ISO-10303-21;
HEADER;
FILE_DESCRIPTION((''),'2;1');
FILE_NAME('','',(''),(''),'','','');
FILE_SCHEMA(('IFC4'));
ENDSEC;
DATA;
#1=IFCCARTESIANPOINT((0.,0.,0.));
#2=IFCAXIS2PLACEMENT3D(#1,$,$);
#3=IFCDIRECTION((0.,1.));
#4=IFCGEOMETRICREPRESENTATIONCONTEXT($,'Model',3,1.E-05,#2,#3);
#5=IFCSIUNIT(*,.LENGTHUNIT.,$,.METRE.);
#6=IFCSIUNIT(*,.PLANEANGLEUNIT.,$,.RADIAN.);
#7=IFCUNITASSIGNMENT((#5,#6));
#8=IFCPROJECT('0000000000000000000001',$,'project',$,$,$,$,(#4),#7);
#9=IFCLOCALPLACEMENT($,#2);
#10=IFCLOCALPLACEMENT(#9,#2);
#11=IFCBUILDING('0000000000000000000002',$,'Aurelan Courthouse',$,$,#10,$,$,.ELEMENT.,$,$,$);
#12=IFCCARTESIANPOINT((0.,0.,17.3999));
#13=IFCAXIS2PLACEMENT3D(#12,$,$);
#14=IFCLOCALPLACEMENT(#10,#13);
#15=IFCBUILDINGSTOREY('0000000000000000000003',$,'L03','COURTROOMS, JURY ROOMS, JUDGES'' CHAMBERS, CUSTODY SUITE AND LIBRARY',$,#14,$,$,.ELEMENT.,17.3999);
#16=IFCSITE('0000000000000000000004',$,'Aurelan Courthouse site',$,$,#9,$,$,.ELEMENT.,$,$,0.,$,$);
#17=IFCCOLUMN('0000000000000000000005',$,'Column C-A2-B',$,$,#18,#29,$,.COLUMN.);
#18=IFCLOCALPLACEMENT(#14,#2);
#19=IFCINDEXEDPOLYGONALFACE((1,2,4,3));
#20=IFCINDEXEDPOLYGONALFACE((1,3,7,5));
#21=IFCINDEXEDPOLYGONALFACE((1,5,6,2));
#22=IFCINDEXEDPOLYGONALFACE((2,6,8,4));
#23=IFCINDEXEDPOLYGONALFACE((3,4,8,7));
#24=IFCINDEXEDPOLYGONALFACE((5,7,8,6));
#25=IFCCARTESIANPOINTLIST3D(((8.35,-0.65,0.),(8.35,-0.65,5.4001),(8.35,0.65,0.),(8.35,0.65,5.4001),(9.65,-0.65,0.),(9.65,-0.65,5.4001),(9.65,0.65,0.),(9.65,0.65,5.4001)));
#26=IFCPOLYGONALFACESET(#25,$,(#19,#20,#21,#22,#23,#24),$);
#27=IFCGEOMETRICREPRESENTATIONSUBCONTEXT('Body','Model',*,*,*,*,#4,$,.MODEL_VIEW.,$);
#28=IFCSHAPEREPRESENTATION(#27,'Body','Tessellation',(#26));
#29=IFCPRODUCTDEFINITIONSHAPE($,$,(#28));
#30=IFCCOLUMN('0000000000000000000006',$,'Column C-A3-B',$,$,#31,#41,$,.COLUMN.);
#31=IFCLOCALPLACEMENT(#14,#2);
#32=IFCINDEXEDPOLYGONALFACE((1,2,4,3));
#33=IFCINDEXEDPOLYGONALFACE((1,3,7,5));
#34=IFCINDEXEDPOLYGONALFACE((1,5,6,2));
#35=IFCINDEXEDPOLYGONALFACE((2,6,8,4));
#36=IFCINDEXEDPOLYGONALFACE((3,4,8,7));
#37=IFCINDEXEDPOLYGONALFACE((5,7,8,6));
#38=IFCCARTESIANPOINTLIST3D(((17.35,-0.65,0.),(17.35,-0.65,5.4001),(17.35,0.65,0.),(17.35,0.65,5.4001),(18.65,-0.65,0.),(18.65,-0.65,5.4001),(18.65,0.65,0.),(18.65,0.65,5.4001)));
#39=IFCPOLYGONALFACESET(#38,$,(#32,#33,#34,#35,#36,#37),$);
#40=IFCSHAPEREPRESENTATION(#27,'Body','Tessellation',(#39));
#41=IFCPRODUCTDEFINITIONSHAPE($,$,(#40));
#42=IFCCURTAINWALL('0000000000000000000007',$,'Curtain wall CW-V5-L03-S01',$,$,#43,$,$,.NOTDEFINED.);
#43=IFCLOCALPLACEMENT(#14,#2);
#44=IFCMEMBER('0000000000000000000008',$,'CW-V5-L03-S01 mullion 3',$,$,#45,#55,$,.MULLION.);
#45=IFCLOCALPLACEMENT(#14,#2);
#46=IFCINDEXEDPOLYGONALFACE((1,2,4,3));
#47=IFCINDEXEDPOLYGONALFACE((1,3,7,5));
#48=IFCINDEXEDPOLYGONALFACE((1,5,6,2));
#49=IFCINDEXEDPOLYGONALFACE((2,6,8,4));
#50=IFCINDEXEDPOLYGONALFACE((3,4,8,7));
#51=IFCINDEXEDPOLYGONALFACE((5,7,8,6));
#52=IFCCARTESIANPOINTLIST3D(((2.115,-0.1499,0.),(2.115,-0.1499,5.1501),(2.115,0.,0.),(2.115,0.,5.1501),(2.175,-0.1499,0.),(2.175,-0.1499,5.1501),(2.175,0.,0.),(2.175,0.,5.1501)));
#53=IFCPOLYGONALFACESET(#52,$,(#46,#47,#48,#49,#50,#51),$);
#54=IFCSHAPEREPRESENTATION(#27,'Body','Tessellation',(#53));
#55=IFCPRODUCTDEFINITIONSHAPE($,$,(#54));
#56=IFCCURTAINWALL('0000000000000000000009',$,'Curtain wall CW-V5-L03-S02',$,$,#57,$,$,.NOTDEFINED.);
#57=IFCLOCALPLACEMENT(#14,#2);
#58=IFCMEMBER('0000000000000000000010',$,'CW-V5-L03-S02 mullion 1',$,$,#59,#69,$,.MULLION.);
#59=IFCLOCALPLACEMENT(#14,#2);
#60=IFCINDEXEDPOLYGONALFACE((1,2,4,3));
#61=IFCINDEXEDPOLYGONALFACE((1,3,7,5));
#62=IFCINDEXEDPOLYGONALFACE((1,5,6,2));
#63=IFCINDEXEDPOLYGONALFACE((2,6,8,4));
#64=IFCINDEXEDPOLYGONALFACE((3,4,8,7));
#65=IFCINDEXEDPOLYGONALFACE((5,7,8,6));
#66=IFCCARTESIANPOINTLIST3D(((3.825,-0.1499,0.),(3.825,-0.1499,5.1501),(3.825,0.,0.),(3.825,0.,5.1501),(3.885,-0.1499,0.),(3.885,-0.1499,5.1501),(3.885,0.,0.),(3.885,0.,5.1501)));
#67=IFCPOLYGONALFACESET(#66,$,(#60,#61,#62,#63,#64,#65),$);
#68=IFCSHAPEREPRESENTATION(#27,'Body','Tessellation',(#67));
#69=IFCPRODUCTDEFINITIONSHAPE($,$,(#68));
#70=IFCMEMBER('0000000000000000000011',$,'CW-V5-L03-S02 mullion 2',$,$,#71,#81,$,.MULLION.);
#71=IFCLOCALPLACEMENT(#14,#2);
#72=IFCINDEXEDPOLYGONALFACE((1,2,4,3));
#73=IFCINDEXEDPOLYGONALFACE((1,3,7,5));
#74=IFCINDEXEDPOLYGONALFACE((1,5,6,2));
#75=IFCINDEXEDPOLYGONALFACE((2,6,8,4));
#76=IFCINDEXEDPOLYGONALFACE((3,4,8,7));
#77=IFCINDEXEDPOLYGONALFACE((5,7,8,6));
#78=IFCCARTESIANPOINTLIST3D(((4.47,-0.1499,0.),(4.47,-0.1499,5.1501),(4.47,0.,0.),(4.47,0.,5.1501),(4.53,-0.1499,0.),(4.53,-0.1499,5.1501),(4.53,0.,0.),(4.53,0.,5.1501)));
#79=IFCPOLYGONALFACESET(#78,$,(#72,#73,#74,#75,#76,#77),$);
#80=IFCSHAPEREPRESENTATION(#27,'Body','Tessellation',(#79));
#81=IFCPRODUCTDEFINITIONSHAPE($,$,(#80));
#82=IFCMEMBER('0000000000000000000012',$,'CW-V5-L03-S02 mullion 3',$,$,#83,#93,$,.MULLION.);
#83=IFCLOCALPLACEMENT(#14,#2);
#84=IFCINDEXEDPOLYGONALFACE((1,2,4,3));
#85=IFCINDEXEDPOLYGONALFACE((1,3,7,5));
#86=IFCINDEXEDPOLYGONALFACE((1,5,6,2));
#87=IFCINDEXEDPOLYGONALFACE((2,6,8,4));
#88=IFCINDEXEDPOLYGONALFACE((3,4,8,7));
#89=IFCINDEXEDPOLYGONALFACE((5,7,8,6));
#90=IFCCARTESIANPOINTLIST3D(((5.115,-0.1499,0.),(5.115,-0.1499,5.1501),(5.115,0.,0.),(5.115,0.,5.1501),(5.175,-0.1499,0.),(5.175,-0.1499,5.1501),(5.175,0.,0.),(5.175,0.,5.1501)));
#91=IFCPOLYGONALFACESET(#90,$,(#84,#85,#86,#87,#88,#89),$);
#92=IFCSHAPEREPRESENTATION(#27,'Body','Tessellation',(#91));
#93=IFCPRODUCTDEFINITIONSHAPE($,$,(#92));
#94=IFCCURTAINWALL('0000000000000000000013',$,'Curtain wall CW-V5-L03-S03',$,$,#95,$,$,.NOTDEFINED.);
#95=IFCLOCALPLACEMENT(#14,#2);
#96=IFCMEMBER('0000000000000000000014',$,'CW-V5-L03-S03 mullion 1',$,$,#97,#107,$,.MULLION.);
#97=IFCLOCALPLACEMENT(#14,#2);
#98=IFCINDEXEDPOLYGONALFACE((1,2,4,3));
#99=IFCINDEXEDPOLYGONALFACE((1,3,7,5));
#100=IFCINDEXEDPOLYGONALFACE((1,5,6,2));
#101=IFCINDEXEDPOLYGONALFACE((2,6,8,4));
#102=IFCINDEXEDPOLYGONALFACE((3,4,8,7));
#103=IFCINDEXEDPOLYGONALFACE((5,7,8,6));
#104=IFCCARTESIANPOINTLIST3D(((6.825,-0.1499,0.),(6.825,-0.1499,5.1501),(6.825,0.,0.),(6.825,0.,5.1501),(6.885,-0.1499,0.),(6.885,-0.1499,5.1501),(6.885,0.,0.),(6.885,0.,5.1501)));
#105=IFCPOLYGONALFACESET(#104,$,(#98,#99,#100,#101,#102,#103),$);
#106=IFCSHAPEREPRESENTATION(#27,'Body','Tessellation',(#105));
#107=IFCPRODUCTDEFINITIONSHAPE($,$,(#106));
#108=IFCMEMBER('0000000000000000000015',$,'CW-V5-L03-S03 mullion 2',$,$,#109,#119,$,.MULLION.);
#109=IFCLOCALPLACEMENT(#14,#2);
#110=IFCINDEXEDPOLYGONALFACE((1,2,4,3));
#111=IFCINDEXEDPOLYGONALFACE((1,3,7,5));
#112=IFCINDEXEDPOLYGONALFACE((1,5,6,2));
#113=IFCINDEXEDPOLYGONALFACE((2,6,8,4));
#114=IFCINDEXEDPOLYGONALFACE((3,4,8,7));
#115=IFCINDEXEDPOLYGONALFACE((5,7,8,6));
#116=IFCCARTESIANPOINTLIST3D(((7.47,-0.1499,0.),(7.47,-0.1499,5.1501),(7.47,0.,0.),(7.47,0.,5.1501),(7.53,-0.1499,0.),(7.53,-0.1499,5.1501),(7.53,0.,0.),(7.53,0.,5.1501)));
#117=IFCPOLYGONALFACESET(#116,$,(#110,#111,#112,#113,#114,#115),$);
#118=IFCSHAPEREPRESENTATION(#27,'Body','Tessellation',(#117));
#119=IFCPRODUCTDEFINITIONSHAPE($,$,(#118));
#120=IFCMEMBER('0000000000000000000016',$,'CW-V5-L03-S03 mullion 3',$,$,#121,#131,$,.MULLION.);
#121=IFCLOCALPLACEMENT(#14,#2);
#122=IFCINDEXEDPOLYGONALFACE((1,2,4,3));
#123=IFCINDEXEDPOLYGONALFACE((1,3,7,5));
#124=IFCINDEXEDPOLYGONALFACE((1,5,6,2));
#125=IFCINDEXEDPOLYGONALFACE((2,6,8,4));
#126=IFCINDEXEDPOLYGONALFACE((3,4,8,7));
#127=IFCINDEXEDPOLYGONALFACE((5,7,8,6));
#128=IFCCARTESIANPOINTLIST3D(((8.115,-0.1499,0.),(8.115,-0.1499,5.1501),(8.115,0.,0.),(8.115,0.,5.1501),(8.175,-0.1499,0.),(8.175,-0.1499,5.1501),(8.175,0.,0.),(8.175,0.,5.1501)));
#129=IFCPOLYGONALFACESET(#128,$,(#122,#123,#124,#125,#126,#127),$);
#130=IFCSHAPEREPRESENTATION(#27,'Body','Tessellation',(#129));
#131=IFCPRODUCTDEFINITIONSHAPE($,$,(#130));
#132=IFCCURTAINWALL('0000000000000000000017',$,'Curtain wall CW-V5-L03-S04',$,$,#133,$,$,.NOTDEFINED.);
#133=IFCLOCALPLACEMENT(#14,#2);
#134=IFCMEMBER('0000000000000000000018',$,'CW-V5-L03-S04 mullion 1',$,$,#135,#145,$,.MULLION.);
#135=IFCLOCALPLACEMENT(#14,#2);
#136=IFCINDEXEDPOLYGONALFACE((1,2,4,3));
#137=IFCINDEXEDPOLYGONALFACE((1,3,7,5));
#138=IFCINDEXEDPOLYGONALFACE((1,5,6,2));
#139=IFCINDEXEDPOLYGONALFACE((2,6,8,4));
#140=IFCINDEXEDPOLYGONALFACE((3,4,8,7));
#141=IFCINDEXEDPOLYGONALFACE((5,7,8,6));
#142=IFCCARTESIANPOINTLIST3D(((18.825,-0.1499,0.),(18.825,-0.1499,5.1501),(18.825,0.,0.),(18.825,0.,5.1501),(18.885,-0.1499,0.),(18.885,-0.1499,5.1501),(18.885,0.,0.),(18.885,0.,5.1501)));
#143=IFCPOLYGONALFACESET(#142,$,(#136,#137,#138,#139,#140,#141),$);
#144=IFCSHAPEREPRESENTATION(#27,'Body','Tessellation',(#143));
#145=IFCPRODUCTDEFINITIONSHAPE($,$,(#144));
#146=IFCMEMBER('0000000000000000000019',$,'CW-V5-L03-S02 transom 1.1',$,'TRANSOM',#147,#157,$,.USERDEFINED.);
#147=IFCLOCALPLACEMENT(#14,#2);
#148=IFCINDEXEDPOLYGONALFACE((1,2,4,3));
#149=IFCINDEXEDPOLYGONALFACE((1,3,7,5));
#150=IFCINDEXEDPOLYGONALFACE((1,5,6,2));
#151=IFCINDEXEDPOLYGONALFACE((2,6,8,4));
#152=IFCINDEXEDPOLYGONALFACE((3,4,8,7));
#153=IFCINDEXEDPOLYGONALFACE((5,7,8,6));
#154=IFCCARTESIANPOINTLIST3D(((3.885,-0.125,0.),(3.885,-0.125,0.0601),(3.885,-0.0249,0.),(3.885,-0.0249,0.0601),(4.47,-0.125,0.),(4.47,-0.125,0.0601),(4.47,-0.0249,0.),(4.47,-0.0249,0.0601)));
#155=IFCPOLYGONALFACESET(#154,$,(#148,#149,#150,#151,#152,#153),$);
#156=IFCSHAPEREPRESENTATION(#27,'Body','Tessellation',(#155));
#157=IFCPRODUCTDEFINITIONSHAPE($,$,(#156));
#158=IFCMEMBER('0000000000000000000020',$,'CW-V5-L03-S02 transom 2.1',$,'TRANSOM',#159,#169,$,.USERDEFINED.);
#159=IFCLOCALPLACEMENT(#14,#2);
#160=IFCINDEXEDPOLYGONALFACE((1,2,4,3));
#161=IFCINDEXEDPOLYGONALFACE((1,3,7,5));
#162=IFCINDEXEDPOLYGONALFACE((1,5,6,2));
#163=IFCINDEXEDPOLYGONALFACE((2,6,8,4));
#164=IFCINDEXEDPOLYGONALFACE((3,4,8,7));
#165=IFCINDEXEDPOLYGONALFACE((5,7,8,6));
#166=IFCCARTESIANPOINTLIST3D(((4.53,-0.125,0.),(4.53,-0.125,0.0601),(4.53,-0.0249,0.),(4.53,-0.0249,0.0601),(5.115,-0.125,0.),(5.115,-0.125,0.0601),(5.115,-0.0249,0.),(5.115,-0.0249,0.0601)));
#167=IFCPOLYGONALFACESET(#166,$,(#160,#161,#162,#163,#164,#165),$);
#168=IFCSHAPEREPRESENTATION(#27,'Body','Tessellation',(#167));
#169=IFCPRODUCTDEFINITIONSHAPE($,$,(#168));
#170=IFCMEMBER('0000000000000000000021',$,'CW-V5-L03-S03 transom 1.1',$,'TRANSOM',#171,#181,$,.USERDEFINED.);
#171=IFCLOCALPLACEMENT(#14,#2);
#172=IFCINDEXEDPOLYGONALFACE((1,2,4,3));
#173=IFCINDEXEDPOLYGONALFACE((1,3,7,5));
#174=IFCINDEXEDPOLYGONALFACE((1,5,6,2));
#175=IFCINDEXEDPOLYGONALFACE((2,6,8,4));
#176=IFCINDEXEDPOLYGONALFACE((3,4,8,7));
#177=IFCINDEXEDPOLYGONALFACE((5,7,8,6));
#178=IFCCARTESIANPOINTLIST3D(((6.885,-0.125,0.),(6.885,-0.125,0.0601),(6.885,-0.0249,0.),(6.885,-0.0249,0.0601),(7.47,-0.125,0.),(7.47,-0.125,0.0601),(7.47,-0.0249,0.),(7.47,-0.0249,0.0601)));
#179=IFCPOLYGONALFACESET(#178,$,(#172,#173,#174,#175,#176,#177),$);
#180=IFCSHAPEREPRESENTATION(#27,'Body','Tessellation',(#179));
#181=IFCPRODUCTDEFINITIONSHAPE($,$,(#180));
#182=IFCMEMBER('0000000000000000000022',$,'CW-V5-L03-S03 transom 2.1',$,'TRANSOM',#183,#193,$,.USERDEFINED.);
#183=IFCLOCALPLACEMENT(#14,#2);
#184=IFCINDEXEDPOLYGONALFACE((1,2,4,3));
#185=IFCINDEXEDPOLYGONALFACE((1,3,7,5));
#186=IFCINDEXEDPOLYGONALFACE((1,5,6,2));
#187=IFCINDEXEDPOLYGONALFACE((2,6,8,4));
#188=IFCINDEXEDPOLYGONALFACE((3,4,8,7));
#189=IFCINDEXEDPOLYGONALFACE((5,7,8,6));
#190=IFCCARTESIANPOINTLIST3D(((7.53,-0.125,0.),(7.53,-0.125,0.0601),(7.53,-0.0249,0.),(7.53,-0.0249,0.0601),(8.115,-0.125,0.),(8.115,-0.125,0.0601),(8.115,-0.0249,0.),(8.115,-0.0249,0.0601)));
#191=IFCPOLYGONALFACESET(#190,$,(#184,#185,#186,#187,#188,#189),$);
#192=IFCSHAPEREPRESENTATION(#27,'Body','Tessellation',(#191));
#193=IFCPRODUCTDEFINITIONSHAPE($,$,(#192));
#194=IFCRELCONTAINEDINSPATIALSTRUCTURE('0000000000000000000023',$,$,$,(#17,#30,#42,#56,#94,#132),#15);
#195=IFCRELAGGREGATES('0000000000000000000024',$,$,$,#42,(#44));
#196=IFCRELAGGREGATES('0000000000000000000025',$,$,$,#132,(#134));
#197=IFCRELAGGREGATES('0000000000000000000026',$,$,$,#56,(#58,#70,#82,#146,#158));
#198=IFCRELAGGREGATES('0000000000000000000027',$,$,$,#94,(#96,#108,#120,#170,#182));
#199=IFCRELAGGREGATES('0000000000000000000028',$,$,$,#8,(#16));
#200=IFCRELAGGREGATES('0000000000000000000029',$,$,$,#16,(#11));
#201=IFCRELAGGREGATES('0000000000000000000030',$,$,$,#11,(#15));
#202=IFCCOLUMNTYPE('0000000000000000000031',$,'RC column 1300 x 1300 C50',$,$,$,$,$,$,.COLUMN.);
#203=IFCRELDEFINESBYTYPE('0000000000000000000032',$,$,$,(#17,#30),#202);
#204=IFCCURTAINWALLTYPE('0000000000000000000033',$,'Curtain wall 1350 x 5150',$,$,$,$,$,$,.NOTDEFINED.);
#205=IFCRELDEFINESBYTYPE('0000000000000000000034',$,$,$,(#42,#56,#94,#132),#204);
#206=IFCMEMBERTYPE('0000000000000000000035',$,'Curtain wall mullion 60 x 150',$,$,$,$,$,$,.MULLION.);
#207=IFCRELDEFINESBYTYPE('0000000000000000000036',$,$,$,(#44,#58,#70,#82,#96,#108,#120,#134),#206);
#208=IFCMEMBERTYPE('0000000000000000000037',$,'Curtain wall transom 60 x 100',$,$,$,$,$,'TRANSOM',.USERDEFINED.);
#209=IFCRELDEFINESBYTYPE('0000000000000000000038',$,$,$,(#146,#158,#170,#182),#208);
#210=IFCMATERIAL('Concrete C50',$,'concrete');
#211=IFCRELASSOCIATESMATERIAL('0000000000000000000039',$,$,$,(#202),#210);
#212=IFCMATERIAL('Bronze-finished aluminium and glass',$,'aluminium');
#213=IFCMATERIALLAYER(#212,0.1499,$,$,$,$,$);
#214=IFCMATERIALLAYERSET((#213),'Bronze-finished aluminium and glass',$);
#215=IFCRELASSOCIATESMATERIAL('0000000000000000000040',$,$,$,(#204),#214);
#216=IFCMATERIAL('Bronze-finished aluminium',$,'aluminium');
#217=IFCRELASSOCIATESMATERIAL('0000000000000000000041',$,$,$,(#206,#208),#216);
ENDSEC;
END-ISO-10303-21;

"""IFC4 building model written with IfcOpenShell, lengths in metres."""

from ifc_helpers import new_model, si_unit, direction, frame, origin, origin_2d, place, context, subcontext, project, spatial, rectangle, extrude, material, layer, layer_set, material_profile, profile_set, type_object, element, aggregate, save


model = new_model("IFC4")

# Units and contexts
model_context = context("Model", 3, precision=1e-05, world=origin(), true_north=direction((0.0, 1.0)))
body_context = subcontext(model_context, "Body", "Model", "MODEL_VIEW")
ifc_project = project(units=[si_unit("LENGTHUNIT", "METRE"), si_unit("PLANEANGLEUNIT", "RADIAN")], contexts=[model_context])

# Site, building, storey
site_placement = place(None, origin())
site = spatial("IfcSite", under=ifc_project, at=site_placement, Name="Aurelan Courthouse site", CompositionType="ELEMENT", RefElevation=0.0)
building_placement = place(site_placement, origin())
building = spatial("IfcBuilding", under=site, at=building_placement, Name="Aurelan Courthouse", CompositionType="ELEMENT")
storey_placement = place(building_placement, frame((0.0, 0.0, 17.3999)))
storey = spatial("IfcBuildingStorey", under=building, at=storey_placement, Name="L03", Description="COURTROOMS, JURY ROOMS, JUDGES' CHAMBERS, CUSTODY SUITE AND LIBRARY", CompositionType="ELEMENT", Elevation=17.3999)

# Columns
ifc_material_1 = material(Name="Concrete C50", Category="concrete")
ifc_material_profile_1 = material_profile(ifc_material_1, rectangle(XDim=1.3, YDim=1.3, at=origin_2d()), Name="RC 1300 x 1300")
ifc_profile_set_1 = profile_set([ifc_material_profile_1], Name="Concrete C50")
column_type = type_object("IfcColumnType", Name="RC column 1300 x 1300 C50", PredefinedType="COLUMN", material=ifc_profile_set_1)
for number, where, z_axis, x_axis, name in (
    (1, (9.0, 0.0, 0.0), (0.0, 0.0, 1.0), (1.0, 0.0, 0.0), "Column C-A2-B"),
    (2, (18.0, 0.0, 0.0), (0.0, 0.0, 1.0), (1.0, 0.0, 0.0), "Column C-A3-B"),
):
    element("IfcColumn", number, at=place(storey_placement, frame(where, z_axis=z_axis, x_axis=x_axis)), inside=storey, type_object=column_type, Name=name, PredefinedType="COLUMN", context=body_context, shape_type="SweptSolid", body=[
        extrude(rectangle(XDim=1.3, YDim=1.3, at=origin_2d()), origin(), (0.0, 0.0, 1.0), 5.4001),
    ])

# Curtain wall, member
ifc_material_2 = material(Name="Bronze-finished aluminium and glass", Category="aluminium")
ifc_layer_1 = layer(ifc_material_2, 0.1499)
ifc_layer_set_1 = layer_set([ifc_layer_1], Name="Bronze-finished aluminium and glass")
curtain_wall_type = type_object("IfcCurtainWallType", Name="Curtain wall 1350 x 5150", PredefinedType="NOTDEFINED", material=ifc_layer_set_1)
curtain_wall_1_placement = place(storey_placement, origin())
curtain_wall_1 = element("IfcCurtainWall", 3, at=curtain_wall_1_placement, inside=storey, type_object=curtain_wall_type, Name="Curtain wall CW-V5-L03-S01", PredefinedType="NOTDEFINED")
ifc_material_3 = material(Name="Bronze-finished aluminium", Category="aluminium")
ifc_material_profile_2 = material_profile(ifc_material_3, rectangle(XDim=0.1499, YDim=0.0601, at=origin_2d()), Name="Bronze mullion 60 x 150")
ifc_profile_set_2 = profile_set([ifc_material_profile_2], Name="Bronze-finished aluminium")
member_type_1 = type_object("IfcMemberType", Name="Curtain wall mullion 60 x 150", PredefinedType="MULLION", material=ifc_profile_set_2)
member_1_placement = place(storey_placement, frame((2.145, -0.075, 0.0), z_axis=(0.0, 0.0, 1.0), x_axis=(0.0, 1.0, 0.0)))
member_1 = element("IfcMember", 4, at=member_1_placement, type_object=member_type_1, Name="CW-V5-L03-S01 mullion 3", PredefinedType="MULLION", context=body_context, shape_type="SweptSolid", body=[
    extrude(rectangle(XDim=0.1499, YDim=0.0601, at=origin_2d()), origin(), (0.0, 0.0, 1.0), 5.1501),
])
aggregate(curtain_wall_1, [member_1])

# Curtain walls, members
curtain_wall_2_placement = place(storey_placement, origin())
curtain_wall_2 = element("IfcCurtainWall", 5, at=curtain_wall_2_placement, inside=storey, type_object=curtain_wall_type, Name="Curtain wall CW-V5-L03-S02", PredefinedType="NOTDEFINED")
member_2_placement = place(storey_placement, frame((3.855, -0.075, 0.0), z_axis=(0.0, 0.0, 1.0), x_axis=(0.0, 1.0, 0.0)))
member_2 = element("IfcMember", 6, at=member_2_placement, type_object=member_type_1, Name="CW-V5-L03-S02 mullion 1", PredefinedType="MULLION", context=body_context, shape_type="SweptSolid", body=[
    extrude(rectangle(XDim=0.1499, YDim=0.0601, at=origin_2d()), origin(), (0.0, 0.0, 1.0), 5.1501),
])
member_3_placement = place(storey_placement, frame((4.5, -0.075, 0.0), z_axis=(0.0, 0.0, 1.0), x_axis=(0.0, 1.0, 0.0)))
member_3 = element("IfcMember", 7, at=member_3_placement, type_object=member_type_1, Name="CW-V5-L03-S02 mullion 2", PredefinedType="MULLION", context=body_context, shape_type="SweptSolid", body=[
    extrude(rectangle(XDim=0.1499, YDim=0.0601, at=origin_2d()), origin(), (0.0, 0.0, 1.0), 5.1501),
])
member_4_placement = place(storey_placement, frame((5.145, -0.075, 0.0), z_axis=(0.0, 0.0, 1.0), x_axis=(0.0, 1.0, 0.0)))
member_4 = element("IfcMember", 8, at=member_4_placement, type_object=member_type_1, Name="CW-V5-L03-S02 mullion 3", PredefinedType="MULLION", context=body_context, shape_type="SweptSolid", body=[
    extrude(rectangle(XDim=0.1499, YDim=0.0601, at=origin_2d()), origin(), (0.0, 0.0, 1.0), 5.1501),
])
curtain_wall_3_placement = place(storey_placement, origin())
curtain_wall_3 = element("IfcCurtainWall", 9, at=curtain_wall_3_placement, inside=storey, type_object=curtain_wall_type, Name="Curtain wall CW-V5-L03-S03", PredefinedType="NOTDEFINED")
member_5_placement = place(storey_placement, frame((6.855, -0.075, 0.0), z_axis=(0.0, 0.0, 1.0), x_axis=(0.0, 1.0, 0.0)))
member_5 = element("IfcMember", 10, at=member_5_placement, type_object=member_type_1, Name="CW-V5-L03-S03 mullion 1", PredefinedType="MULLION", context=body_context, shape_type="SweptSolid", body=[
    extrude(rectangle(XDim=0.1499, YDim=0.0601, at=origin_2d()), origin(), (0.0, 0.0, 1.0), 5.1501),
])
member_6_placement = place(storey_placement, frame((7.5, -0.075, 0.0), z_axis=(0.0, 0.0, 1.0), x_axis=(0.0, 1.0, 0.0)))
member_6 = element("IfcMember", 11, at=member_6_placement, type_object=member_type_1, Name="CW-V5-L03-S03 mullion 2", PredefinedType="MULLION", context=body_context, shape_type="SweptSolid", body=[
    extrude(rectangle(XDim=0.1499, YDim=0.0601, at=origin_2d()), origin(), (0.0, 0.0, 1.0), 5.1501),
])
member_7_placement = place(storey_placement, frame((8.145, -0.075, 0.0), z_axis=(0.0, 0.0, 1.0), x_axis=(0.0, 1.0, 0.0)))
member_7 = element("IfcMember", 12, at=member_7_placement, type_object=member_type_1, Name="CW-V5-L03-S03 mullion 3", PredefinedType="MULLION", context=body_context, shape_type="SweptSolid", body=[
    extrude(rectangle(XDim=0.1499, YDim=0.0601, at=origin_2d()), origin(), (0.0, 0.0, 1.0), 5.1501),
])

# Curtain wall, member
curtain_wall_4_placement = place(storey_placement, origin())
curtain_wall_4 = element("IfcCurtainWall", 13, at=curtain_wall_4_placement, inside=storey, type_object=curtain_wall_type, Name="Curtain wall CW-V5-L03-S04", PredefinedType="NOTDEFINED")
member_8_placement = place(storey_placement, frame((18.855, -0.075, 0.0), z_axis=(0.0, 0.0, 1.0), x_axis=(0.0, 1.0, 0.0)))
member_8 = element("IfcMember", 14, at=member_8_placement, type_object=member_type_1, Name="CW-V5-L03-S04 mullion 1", PredefinedType="MULLION", context=body_context, shape_type="SweptSolid", body=[
    extrude(rectangle(XDim=0.1499, YDim=0.0601, at=origin_2d()), origin(), (0.0, 0.0, 1.0), 5.1501),
])
aggregate(curtain_wall_4, [member_8])

# Members
ifc_material_profile_3 = material_profile(ifc_material_3, rectangle(XDim=0.1001, YDim=0.0601, at=origin_2d()), Name="Bronze transom 60 x 100")
ifc_profile_set_3 = profile_set([ifc_material_profile_3], Name="Bronze-finished aluminium")
member_type_2 = type_object("IfcMemberType", Name="Curtain wall transom 60 x 100", ElementType="TRANSOM", PredefinedType="USERDEFINED", material=ifc_profile_set_3)
member_9_placement = place(storey_placement, frame((3.885, -0.075, 0.03), z_axis=(1.0, 0.0, 0.0), x_axis=(0.0, 1.0, 0.0)))
member_9 = element("IfcMember", 15, at=member_9_placement, type_object=member_type_2, Name="CW-V5-L03-S02 transom 1.1", ObjectType="TRANSOM", PredefinedType="USERDEFINED", context=body_context, shape_type="SweptSolid", body=[
    extrude(rectangle(XDim=0.1001, YDim=0.0601, at=origin_2d()), origin(), (0.0, 0.0, 1.0), 0.585),
])
member_10_placement = place(storey_placement, frame((4.53, -0.075, 0.03), z_axis=(1.0, 0.0, 0.0), x_axis=(0.0, 1.0, 0.0)))
member_10 = element("IfcMember", 16, at=member_10_placement, type_object=member_type_2, Name="CW-V5-L03-S02 transom 2.1", ObjectType="TRANSOM", PredefinedType="USERDEFINED", context=body_context, shape_type="SweptSolid", body=[
    extrude(rectangle(XDim=0.1001, YDim=0.0601, at=origin_2d()), origin(), (0.0, 0.0, 1.0), 0.585),
])
member_11_placement = place(storey_placement, frame((6.885, -0.075, 0.03), z_axis=(1.0, 0.0, 0.0), x_axis=(0.0, 1.0, 0.0)))
member_11 = element("IfcMember", 17, at=member_11_placement, type_object=member_type_2, Name="CW-V5-L03-S03 transom 1.1", ObjectType="TRANSOM", PredefinedType="USERDEFINED", context=body_context, shape_type="SweptSolid", body=[
    extrude(rectangle(XDim=0.1001, YDim=0.0601, at=origin_2d()), origin(), (0.0, 0.0, 1.0), 0.585),
])
member_12_placement = place(storey_placement, frame((7.53, -0.075, 0.03), z_axis=(1.0, 0.0, 0.0), x_axis=(0.0, 1.0, 0.0)))
member_12 = element("IfcMember", 18, at=member_12_placement, type_object=member_type_2, Name="CW-V5-L03-S03 transom 2.1", ObjectType="TRANSOM", PredefinedType="USERDEFINED", context=body_context, shape_type="SweptSolid", body=[
    extrude(rectangle(XDim=0.1001, YDim=0.0601, at=origin_2d()), origin(), (0.0, 0.0, 1.0), 0.585),
])

aggregate(curtain_wall_2, [member_2, member_3, member_4, member_9, member_10])
aggregate(curtain_wall_3, [member_5, member_6, member_7, member_11, member_12])

save(model, "model.ifc")
